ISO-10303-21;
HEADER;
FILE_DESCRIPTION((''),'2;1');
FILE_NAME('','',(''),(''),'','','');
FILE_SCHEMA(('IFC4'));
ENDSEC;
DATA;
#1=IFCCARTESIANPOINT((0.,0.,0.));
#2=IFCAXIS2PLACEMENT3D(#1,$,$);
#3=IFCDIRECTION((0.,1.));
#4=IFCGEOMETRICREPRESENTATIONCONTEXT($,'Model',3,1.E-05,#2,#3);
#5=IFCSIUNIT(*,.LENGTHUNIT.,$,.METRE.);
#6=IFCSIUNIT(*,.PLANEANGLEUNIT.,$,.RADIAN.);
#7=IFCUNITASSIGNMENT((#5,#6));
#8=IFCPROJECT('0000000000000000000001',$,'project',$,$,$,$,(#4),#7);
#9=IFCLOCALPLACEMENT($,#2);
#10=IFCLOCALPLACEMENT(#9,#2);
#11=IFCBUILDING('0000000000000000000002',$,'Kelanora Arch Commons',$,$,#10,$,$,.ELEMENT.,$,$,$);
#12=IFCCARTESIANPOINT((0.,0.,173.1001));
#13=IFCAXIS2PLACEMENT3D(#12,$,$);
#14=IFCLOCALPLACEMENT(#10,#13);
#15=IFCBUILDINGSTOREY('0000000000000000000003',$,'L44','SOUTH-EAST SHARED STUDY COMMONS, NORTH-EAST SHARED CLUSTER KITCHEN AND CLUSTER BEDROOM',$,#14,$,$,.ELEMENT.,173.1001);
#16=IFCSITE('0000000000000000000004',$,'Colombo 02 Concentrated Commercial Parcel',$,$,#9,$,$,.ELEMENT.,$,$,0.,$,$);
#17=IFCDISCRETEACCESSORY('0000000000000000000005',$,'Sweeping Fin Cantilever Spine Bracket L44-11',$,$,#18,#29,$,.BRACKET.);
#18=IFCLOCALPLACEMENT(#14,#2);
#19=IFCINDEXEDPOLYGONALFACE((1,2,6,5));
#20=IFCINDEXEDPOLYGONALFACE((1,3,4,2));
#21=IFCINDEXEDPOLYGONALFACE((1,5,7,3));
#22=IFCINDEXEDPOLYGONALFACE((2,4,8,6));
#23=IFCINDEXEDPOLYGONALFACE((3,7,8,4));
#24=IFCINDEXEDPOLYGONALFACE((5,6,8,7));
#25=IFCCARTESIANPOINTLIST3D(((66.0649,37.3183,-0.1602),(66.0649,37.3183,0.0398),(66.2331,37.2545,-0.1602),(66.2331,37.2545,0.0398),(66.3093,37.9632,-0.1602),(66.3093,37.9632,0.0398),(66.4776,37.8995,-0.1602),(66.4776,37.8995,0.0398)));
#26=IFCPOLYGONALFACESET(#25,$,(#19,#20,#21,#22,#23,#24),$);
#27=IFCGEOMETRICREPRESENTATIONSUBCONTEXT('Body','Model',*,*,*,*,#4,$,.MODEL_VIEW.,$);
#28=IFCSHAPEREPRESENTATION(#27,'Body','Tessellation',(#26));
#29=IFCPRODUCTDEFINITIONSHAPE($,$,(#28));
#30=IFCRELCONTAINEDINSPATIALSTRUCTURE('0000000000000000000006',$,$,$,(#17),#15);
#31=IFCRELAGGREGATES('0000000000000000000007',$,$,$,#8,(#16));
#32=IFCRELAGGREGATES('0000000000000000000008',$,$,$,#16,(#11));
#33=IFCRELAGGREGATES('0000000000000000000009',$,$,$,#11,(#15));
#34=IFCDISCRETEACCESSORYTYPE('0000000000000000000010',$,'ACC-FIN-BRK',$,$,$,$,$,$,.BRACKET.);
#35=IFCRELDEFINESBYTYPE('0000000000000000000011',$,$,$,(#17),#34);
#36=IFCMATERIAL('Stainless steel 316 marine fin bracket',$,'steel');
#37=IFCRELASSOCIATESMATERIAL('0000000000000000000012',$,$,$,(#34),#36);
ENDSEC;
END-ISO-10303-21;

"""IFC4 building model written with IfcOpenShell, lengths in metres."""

from ifc_helpers import new_model, si_unit, direction, frame, origin, origin_2d, place, context, subcontext, project, spatial, rectangle, extrude, source, transform, mapped, material, type_object, element, save


model = new_model("IFC4")

# Units and contexts
model_context = context("Model", 3, precision=1e-05, world=origin(), true_north=direction((0.0, 1.0)))
body_context = subcontext(model_context, "Body", "Model", "MODEL_VIEW")
ifc_project = project(units=[si_unit("LENGTHUNIT", "METRE"), si_unit("PLANEANGLEUNIT", "RADIAN")], contexts=[model_context])

# Site, building, storey
site_placement = place(None, origin())
site = spatial("IfcSite", under=ifc_project, at=site_placement, Name="Colombo 02 Concentrated Commercial Parcel", CompositionType="ELEMENT", RefElevation=0.0)
building_placement = place(site_placement, origin())
building = spatial("IfcBuilding", under=site, at=building_placement, Name="Kelanora Arch Commons", CompositionType="ELEMENT")
storey_placement = place(building_placement, frame((0.0, 0.0, 173.1001)))
storey = spatial("IfcBuildingStorey", under=building, at=storey_placement, Name="L44", Description="SOUTH-EAST SHARED STUDY COMMONS, NORTH-EAST SHARED CLUSTER KITCHEN AND CLUSTER BEDROOM", CompositionType="ELEMENT", Elevation=173.1001)

# Discrete accessory
ifc_material_1 = material(Name="Stainless steel 316 marine fin bracket", Category="steel")
discrete_accessory_type = type_object("IfcDiscreteAccessoryType", Name="ACC-FIN-BRK", PredefinedType="BRACKET", material=ifc_material_1)
shared_shape_1 = source(origin(), body_context, "Body", "SweptSolid", [
    extrude(rectangle(XDim=0.6897, YDim=0.1799, at=origin_2d()), origin(), (0.0, 0.0, 1.0), 0.2),
])
discrete_accessory_placement = place(storey_placement, frame((66.2712, 37.6089, -0.1602), z_axis=(0.0, 0.0, 1.0), x_axis=(-0.354454, -0.935073, 0.0)))
element("IfcDiscreteAccessory", 1, at=discrete_accessory_placement, inside=storey, type_object=discrete_accessory_type, Name="Sweeping Fin Cantilever Spine Bracket L44-11", PredefinedType="BRACKET", context=body_context, shape_type="MappedRepresentation", body=[
    mapped(shared_shape_1, transform((0.0, 0.0, 0.0), scale=1.0)),
])

save(model, "model.ifc")
